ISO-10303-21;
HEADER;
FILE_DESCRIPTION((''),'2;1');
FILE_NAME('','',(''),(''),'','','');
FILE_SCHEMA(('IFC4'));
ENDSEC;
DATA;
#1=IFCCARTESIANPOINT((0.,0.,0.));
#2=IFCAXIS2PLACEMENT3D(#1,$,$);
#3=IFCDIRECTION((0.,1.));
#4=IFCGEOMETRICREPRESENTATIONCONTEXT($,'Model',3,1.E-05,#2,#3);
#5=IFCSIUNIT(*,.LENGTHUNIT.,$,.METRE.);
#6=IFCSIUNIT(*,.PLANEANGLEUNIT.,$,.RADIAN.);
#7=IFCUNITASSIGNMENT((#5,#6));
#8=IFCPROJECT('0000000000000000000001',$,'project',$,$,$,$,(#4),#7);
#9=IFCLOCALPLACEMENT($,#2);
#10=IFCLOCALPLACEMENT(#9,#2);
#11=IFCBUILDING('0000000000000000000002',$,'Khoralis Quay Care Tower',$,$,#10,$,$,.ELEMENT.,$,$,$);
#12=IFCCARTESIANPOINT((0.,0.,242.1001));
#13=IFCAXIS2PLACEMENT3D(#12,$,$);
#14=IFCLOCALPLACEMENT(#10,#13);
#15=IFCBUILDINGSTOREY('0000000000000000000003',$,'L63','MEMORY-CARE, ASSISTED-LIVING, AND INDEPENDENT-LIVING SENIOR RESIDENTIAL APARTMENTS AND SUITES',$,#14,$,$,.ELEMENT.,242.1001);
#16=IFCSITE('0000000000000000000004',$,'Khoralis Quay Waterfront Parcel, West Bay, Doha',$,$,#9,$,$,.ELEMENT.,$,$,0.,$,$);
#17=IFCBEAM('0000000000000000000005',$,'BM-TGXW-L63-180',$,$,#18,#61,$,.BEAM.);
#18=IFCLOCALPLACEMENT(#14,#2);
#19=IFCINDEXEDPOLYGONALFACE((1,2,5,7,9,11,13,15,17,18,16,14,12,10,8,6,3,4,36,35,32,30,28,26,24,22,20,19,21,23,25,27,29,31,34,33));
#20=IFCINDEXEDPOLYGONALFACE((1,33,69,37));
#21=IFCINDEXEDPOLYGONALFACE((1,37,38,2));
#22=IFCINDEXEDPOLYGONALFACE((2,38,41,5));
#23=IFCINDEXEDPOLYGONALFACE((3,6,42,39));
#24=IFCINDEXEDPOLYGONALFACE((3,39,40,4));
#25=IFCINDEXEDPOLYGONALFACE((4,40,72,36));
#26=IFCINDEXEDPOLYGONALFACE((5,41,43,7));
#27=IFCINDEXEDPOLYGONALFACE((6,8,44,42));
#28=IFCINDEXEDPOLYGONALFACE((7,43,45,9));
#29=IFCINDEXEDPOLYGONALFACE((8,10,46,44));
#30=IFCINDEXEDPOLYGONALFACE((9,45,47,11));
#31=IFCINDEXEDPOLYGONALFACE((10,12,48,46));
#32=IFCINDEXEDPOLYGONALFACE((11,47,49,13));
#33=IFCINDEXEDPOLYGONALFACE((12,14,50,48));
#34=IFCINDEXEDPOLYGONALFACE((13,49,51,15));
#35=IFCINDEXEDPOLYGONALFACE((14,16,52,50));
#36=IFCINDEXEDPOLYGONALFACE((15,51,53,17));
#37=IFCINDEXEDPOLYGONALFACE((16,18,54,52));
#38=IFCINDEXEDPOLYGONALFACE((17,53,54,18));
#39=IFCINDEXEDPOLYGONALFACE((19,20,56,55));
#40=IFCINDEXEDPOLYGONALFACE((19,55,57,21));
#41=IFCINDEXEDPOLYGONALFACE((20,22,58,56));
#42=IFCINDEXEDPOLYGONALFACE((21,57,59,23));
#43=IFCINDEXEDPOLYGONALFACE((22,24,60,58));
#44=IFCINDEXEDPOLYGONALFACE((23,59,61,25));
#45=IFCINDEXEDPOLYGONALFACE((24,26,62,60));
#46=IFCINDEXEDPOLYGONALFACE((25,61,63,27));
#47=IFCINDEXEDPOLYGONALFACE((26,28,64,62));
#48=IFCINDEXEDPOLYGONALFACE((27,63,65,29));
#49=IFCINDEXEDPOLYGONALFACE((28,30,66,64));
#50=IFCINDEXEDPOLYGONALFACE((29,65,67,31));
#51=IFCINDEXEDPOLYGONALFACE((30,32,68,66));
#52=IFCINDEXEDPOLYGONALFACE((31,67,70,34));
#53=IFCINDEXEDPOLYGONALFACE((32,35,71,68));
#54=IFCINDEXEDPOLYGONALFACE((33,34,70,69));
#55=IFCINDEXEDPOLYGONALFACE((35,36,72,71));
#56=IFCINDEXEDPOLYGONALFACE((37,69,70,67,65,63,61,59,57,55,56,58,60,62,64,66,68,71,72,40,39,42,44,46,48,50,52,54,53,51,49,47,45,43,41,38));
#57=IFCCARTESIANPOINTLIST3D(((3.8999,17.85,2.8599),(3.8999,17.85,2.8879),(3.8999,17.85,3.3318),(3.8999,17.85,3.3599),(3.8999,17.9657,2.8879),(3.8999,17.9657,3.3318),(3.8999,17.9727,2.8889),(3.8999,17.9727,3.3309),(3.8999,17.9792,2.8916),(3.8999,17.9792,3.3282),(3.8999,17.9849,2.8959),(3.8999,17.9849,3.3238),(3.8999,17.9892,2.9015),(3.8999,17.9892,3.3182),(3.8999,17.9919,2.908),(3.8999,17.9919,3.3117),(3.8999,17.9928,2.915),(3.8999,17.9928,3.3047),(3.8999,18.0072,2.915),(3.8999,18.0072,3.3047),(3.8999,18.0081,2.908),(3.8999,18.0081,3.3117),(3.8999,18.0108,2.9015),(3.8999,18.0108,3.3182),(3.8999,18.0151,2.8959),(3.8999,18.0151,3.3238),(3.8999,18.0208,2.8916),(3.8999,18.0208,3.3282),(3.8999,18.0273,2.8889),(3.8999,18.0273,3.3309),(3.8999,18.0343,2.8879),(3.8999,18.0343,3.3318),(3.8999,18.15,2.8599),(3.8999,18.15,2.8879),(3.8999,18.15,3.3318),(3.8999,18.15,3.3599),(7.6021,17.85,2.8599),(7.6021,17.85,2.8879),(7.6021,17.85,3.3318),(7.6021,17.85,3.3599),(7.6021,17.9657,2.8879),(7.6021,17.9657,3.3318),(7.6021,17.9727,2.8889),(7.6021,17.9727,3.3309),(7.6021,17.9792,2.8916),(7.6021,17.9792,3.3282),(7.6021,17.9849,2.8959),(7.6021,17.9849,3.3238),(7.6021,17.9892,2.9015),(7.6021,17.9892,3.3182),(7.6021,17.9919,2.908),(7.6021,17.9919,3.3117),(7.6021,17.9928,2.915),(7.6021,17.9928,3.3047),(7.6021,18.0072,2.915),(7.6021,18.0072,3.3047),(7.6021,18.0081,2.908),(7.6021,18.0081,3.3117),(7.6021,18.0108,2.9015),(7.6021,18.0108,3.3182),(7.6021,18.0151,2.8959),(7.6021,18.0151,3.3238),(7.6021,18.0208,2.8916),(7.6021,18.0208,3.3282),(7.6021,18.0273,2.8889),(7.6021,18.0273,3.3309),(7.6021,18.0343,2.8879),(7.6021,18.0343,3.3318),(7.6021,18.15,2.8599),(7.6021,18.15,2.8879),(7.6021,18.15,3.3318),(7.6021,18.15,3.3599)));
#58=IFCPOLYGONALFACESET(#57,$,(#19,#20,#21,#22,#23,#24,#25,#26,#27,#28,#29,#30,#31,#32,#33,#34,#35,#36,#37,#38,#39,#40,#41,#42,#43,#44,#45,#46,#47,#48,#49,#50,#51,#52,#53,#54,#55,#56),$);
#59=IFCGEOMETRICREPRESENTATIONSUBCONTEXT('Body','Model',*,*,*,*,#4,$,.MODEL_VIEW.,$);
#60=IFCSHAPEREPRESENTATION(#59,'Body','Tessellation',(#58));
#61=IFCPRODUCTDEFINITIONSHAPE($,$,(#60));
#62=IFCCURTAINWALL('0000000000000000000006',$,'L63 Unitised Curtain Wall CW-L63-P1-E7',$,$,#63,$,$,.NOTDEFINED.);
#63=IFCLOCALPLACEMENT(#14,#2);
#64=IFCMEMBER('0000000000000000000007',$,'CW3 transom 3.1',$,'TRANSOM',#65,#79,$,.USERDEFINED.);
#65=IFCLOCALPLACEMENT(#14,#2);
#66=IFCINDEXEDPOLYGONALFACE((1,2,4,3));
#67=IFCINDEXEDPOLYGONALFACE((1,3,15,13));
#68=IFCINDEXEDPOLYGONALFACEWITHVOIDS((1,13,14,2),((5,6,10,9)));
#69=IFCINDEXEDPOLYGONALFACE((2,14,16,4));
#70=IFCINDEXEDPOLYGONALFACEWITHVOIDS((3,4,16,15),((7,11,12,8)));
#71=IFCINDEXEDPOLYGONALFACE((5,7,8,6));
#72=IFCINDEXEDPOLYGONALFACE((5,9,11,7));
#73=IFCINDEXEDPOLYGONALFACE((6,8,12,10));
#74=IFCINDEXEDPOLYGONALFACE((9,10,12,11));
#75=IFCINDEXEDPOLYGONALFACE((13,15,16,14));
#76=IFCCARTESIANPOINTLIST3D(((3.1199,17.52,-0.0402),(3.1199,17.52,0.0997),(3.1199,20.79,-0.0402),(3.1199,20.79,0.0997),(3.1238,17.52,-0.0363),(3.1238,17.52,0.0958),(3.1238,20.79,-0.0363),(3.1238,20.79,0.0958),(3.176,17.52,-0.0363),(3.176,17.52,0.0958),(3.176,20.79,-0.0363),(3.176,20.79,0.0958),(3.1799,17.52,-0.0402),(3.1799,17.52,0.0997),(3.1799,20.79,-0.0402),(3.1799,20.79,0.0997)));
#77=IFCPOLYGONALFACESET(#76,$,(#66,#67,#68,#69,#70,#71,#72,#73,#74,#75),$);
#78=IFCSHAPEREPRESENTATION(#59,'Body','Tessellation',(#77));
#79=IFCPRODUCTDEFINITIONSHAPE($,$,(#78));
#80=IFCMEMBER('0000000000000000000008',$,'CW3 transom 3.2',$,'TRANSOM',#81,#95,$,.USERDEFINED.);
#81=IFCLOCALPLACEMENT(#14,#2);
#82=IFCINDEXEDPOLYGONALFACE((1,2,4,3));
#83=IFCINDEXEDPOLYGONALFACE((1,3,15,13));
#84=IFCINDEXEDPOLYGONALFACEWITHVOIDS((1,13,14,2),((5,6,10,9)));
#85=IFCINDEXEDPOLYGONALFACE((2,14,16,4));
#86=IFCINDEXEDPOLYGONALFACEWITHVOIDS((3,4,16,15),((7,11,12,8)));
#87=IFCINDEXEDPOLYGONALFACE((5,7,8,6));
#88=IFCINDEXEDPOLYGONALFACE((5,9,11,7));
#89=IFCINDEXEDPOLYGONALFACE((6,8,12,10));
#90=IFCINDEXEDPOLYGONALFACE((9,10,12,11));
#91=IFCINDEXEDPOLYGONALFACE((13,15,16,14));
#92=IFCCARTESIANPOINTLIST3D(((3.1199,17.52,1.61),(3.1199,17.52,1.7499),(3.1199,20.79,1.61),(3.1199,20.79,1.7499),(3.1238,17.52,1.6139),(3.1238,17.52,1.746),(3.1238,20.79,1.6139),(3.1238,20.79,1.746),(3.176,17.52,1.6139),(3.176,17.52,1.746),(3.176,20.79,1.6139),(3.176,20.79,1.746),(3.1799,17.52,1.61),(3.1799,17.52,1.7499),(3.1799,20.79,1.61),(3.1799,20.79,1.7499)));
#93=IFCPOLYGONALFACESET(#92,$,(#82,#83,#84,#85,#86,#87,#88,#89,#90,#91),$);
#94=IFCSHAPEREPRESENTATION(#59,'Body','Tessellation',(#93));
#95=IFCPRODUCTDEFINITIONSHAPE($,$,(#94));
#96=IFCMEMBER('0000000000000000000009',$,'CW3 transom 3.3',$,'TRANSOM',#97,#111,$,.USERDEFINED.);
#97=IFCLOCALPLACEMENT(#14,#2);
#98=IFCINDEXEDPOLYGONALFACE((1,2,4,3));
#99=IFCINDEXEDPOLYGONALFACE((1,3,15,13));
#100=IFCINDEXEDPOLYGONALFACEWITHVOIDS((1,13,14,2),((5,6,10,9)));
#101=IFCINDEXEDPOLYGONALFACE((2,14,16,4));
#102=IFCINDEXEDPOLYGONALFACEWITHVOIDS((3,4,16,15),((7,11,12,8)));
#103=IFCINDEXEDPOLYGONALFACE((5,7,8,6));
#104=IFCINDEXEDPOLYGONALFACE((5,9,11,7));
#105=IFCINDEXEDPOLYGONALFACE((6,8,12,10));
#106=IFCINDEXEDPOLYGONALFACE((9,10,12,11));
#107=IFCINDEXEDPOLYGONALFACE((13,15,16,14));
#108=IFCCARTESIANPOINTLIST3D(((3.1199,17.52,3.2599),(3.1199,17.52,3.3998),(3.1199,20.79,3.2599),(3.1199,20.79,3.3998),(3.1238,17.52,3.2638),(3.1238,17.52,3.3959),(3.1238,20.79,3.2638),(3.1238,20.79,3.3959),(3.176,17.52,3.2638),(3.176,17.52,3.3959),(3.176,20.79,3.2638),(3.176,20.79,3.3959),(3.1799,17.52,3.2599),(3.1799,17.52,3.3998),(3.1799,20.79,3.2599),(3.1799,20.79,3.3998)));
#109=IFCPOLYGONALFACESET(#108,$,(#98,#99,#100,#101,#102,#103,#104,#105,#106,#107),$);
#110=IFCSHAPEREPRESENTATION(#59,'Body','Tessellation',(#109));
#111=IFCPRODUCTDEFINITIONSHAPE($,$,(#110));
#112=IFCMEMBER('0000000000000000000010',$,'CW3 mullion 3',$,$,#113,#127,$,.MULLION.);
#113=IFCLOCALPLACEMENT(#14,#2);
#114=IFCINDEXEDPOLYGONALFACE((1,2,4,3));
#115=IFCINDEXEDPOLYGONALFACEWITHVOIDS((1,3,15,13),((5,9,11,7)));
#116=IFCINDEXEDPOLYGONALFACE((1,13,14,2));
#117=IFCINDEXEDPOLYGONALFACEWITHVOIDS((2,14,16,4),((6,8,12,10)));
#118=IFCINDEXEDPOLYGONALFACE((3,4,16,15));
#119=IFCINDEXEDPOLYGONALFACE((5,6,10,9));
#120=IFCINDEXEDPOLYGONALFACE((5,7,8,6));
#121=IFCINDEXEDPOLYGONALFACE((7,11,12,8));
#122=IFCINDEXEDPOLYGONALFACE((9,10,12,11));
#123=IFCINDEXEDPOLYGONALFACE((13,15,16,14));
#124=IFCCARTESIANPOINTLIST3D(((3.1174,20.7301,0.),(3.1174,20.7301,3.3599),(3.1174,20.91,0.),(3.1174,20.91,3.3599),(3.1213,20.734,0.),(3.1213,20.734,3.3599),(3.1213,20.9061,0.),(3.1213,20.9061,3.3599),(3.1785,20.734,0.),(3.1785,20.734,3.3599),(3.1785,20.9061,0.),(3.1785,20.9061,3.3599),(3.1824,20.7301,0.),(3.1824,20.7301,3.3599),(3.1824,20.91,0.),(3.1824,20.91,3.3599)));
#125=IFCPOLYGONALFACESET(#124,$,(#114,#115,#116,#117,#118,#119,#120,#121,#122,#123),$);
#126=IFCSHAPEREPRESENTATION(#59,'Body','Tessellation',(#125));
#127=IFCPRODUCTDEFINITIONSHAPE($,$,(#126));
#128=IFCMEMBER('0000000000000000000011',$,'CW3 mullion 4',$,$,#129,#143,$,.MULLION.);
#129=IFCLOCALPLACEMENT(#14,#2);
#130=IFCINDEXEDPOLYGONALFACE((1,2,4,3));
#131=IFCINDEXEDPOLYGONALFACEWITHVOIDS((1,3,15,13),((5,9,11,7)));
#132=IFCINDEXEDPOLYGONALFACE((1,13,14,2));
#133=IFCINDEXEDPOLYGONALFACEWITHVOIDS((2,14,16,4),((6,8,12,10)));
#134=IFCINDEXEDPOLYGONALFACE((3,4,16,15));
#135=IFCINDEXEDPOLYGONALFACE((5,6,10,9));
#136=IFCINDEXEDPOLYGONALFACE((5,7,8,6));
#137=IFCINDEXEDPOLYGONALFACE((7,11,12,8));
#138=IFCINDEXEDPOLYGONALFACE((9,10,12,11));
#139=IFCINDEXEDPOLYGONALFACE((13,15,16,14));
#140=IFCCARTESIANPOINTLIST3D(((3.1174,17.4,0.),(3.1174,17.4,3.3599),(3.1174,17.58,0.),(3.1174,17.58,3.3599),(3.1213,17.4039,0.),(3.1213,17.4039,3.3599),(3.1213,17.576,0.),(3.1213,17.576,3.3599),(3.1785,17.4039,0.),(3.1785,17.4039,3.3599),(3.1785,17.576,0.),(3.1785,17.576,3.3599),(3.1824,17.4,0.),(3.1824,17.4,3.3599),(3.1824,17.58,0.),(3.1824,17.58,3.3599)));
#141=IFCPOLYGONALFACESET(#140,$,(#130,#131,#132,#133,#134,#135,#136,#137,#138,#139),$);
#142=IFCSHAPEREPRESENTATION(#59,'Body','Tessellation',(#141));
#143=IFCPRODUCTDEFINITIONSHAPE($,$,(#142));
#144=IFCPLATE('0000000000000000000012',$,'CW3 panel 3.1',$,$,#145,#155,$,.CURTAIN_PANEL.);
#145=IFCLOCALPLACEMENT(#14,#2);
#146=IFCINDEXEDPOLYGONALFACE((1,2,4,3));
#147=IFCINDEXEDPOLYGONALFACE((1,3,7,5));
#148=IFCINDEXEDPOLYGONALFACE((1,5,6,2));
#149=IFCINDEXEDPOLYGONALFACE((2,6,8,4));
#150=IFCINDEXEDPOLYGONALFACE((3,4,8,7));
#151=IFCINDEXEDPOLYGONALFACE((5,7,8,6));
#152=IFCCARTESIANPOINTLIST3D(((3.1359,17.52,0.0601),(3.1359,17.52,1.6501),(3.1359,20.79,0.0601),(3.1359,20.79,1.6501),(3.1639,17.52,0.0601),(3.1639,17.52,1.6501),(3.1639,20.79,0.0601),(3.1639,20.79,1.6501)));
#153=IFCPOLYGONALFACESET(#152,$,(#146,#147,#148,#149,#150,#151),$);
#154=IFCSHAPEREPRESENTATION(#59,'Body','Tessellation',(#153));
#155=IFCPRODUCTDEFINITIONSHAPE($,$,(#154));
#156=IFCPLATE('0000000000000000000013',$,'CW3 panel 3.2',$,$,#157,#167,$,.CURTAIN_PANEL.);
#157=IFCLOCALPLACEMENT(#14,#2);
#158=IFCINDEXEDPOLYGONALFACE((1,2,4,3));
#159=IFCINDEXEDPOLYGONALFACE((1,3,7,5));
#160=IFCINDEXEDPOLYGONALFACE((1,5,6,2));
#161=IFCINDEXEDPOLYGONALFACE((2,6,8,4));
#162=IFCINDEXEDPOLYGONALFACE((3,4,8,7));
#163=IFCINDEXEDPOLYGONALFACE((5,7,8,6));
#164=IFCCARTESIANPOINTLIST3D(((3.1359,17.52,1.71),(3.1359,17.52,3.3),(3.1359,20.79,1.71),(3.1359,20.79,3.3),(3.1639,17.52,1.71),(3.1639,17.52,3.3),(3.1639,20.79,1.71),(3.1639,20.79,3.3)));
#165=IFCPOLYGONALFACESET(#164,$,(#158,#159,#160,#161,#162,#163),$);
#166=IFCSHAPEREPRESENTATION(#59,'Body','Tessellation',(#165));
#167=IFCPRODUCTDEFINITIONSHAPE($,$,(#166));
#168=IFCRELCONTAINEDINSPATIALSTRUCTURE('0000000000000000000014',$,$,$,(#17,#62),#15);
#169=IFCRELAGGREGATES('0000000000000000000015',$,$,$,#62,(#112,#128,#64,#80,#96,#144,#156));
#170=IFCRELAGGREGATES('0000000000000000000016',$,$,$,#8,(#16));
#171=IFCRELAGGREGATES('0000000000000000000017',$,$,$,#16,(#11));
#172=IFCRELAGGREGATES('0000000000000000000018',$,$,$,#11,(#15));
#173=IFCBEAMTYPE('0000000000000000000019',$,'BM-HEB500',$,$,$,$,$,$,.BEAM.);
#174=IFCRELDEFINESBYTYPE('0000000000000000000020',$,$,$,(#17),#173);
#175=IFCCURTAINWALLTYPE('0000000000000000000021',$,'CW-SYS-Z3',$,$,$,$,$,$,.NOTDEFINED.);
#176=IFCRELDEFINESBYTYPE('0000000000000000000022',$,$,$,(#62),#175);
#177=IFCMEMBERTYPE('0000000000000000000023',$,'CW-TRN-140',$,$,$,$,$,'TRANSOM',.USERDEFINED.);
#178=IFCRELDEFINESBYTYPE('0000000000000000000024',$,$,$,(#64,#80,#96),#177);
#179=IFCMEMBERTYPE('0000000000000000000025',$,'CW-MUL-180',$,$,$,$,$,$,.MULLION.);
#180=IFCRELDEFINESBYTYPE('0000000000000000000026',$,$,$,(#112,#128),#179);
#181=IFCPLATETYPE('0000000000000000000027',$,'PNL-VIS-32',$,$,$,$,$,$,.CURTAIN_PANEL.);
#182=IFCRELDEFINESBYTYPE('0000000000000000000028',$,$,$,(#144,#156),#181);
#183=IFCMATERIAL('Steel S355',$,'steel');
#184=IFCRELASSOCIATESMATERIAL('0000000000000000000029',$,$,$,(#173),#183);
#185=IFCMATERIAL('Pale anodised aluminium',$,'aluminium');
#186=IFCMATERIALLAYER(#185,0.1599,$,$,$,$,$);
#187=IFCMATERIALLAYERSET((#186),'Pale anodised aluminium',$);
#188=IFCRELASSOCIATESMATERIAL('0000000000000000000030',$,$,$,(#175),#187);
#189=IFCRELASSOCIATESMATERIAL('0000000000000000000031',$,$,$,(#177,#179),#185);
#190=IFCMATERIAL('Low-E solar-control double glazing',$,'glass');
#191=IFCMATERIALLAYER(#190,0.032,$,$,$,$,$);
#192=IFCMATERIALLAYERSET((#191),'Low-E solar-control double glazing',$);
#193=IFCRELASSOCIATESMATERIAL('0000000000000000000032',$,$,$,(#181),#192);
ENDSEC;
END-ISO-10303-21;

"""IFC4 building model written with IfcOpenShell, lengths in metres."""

from ifc_helpers import new_model, si_unit, direction, frame, origin, origin_2d, place, context, subcontext, project, spatial, rectangle, hollow_rectangle, i_section, extrude, source, transform, mapped, material, layer, layer_set, material_profile, profile_set, type_object, element, aggregate, save


model = new_model("IFC4")

# Units and contexts
model_context = context("Model", 3, precision=1e-05, world=origin(), true_north=direction((0.0, 1.0)))
body_context = subcontext(model_context, "Body", "Model", "MODEL_VIEW")
ifc_project = project(units=[si_unit("LENGTHUNIT", "METRE"), si_unit("PLANEANGLEUNIT", "RADIAN")], contexts=[model_context])

# Site, building, storey
site_placement = place(None, origin())
site = spatial("IfcSite", under=ifc_project, at=site_placement, Name="Khoralis Quay Waterfront Parcel, West Bay, Doha", CompositionType="ELEMENT", RefElevation=0.0)
building_placement = place(site_placement, origin())
building = spatial("IfcBuilding", under=site, at=building_placement, Name="Khoralis Quay Care Tower", CompositionType="ELEMENT")
storey_placement = place(building_placement, frame((0.0, 0.0, 242.1001)))
storey = spatial("IfcBuildingStorey", under=building, at=storey_placement, Name="L63", Description="MEMORY-CARE, ASSISTED-LIVING, AND INDEPENDENT-LIVING SENIOR RESIDENTIAL APARTMENTS AND SUITES", CompositionType="ELEMENT", Elevation=242.1001)

# Beam
ifc_material_1 = material(Name="Steel S355", Category="steel")
ifc_material_profile_1 = material_profile(ifc_material_1, i_section(OverallWidth=0.3, OverallDepth=0.5, WebThickness=0.0144, FlangeThickness=0.0281, FilletRadius=0.0271, at=origin_2d()), Name="Steel S355")
ifc_profile_set_1 = profile_set([ifc_material_profile_1], Name="Steel S355")
beam_type_1 = type_object("IfcBeamType", Name="BM-HEB500", PredefinedType="BEAM", material=ifc_profile_set_1)
shared_shape_1 = source(origin(), body_context, "Body", "SweptSolid", [
    extrude(i_section(OverallWidth=0.3, OverallDepth=0.5, WebThickness=0.0144, FlangeThickness=0.0281, FilletRadius=0.0271, at=origin_2d()), origin(), (0.0, 0.0, 1.0), 3.7021),
])
beam_1_placement = place(storey_placement, frame((3.8999, 18.0, 3.1099), z_axis=(1.0, 0.0, 0.0), x_axis=(0.0, 1.0, 0.0)))
element("IfcBeam", 1, at=beam_1_placement, inside=storey, type_object=beam_type_1, Name="BM-TGXW-L63-180", PredefinedType="BEAM", context=body_context, shape_type="MappedRepresentation", body=[
    mapped(shared_shape_1, transform((0.0, 0.0, 0.0), scale=1.0)),
])

# Curtain wall, members, plates
ifc_material_2 = material(Name="Pale anodised aluminium", Category="aluminium")
ifc_layer_1 = layer(ifc_material_2, 0.1599)
ifc_layer_set_1 = layer_set([ifc_layer_1], Name="Pale anodised aluminium")
curtain_wall_type = type_object("IfcCurtainWallType", Name="CW-SYS-Z3", PredefinedType="NOTDEFINED", material=ifc_layer_set_1)
curtain_wall_placement = place(storey_placement, origin())
curtain_wall = element("IfcCurtainWall", 2, at=curtain_wall_placement, inside=storey, type_object=curtain_wall_type, Name="L63 Unitised Curtain Wall CW-L63-P1-E7", PredefinedType="NOTDEFINED")
ifc_material_profile_2 = material_profile(ifc_material_2, hollow_rectangle(XDim=0.0601, YDim=0.1399, WallThickness=0.0039, at=origin_2d()), Name="Pale anodised aluminium")
ifc_profile_set_2 = profile_set([ifc_material_profile_2], Name="Pale anodised aluminium")
member_type_1 = type_object("IfcMemberType", Name="CW-TRN-140", ElementType="TRANSOM", PredefinedType="USERDEFINED", material=ifc_profile_set_2)
shared_shape_2 = source(origin(), body_context, "Body", "SweptSolid", [
    extrude(hollow_rectangle(XDim=0.0601, YDim=0.1399, WallThickness=0.0039, at=origin_2d()), origin(), (0.0, 0.0, 1.0), 3.27),
])
member_1_placement = place(storey_placement, frame((3.1499, 20.79, 0.0298), z_axis=(0.0, -1.0, 0.0), x_axis=(1.0, 0.0, 0.0)))
member_1 = element("IfcMember", 3, at=member_1_placement, type_object=member_type_1, Name="CW3 transom 3.1", ObjectType="TRANSOM", PredefinedType="USERDEFINED", context=body_context, shape_type="MappedRepresentation", body=[
    mapped(shared_shape_2, transform((0.0, 0.0, 0.0), scale=1.0)),
])
member_2_placement = place(storey_placement, frame((3.1499, 20.79, 1.6799), z_axis=(0.0, -1.0, 0.0), x_axis=(1.0, 0.0, 0.0)))
member_2 = element("IfcMember", 4, at=member_2_placement, type_object=member_type_1, Name="CW3 transom 3.2", ObjectType="TRANSOM", PredefinedType="USERDEFINED", context=body_context, shape_type="MappedRepresentation", body=[
    mapped(shared_shape_2, transform((0.0, 0.0, 0.0), scale=1.0)),
])
member_3_placement = place(storey_placement, frame((3.1499, 20.79, 3.3298), z_axis=(0.0, -1.0, 0.0), x_axis=(1.0, 0.0, 0.0)))
member_3 = element("IfcMember", 5, at=member_3_placement, type_object=member_type_1, Name="CW3 transom 3.3", ObjectType="TRANSOM", PredefinedType="USERDEFINED", context=body_context, shape_type="MappedRepresentation", body=[
    mapped(shared_shape_2, transform((0.0, 0.0, 0.0), scale=1.0)),
])
ifc_material_profile_3 = material_profile(ifc_material_2, hollow_rectangle(XDim=0.0649, YDim=0.1799, WallThickness=0.0039, at=origin_2d()), Name="Pale anodised aluminium")
ifc_profile_set_3 = profile_set([ifc_material_profile_3], Name="Pale anodised aluminium")
member_type_2 = type_object("IfcMemberType", Name="CW-MUL-180", PredefinedType="MULLION", material=ifc_profile_set_3)
shared_shape_3 = source(origin(), body_context, "Body", "SweptSolid", [
    extrude(hollow_rectangle(XDim=0.0649, YDim=0.1799, WallThickness=0.0039, at=origin_2d()), origin(), (0.0, 0.0, 1.0), 3.3599),
])
member_4_placement = place(storey_placement, frame((3.1499, 20.8201, 0.0), z_axis=(0.0, 0.0, 1.0), x_axis=(1.0, 0.0, 0.0)))
member_4 = element("IfcMember", 6, at=member_4_placement, type_object=member_type_2, Name="CW3 mullion 3", PredefinedType="MULLION", context=body_context, shape_type="MappedRepresentation", body=[
    mapped(shared_shape_3, transform((0.0, 0.0, 0.0), scale=1.0)),
])
member_5_placement = place(storey_placement, frame((3.1499, 17.49, 0.0), z_axis=(0.0, 0.0, 1.0), x_axis=(1.0, 0.0, 0.0)))
member_5 = element("IfcMember", 7, at=member_5_placement, type_object=member_type_2, Name="CW3 mullion 4", PredefinedType="MULLION", context=body_context, shape_type="MappedRepresentation", body=[
    mapped(shared_shape_3, transform((0.0, 0.0, 0.0), scale=1.0)),
])
ifc_material_3 = material(Name="Low-E solar-control double glazing", Category="glass")
ifc_layer_2 = layer(ifc_material_3, 0.032)
ifc_layer_set_2 = layer_set([ifc_layer_2], Name="Low-E solar-control double glazing")
plate_type = type_object("IfcPlateType", Name="PNL-VIS-32", PredefinedType="CURTAIN_PANEL", material=ifc_layer_set_2)
shared_shape_4 = source(origin(), body_context, "Body", "SweptSolid", [
    extrude(rectangle(XDim=3.27, YDim=0.0281, at=origin_2d()), origin(), (0.0, 0.0, 1.0), 1.5901),
])
plate_1_placement = place(storey_placement, frame((3.1499, 19.155, 0.0601), z_axis=(0.0, 0.0, 1.0), x_axis=(0.0, -1.0, 0.0)))
plate_1 = element("IfcPlate", 8, at=plate_1_placement, type_object=plate_type, Name="CW3 panel 3.1", PredefinedType="CURTAIN_PANEL", context=body_context, shape_type="MappedRepresentation", body=[
    mapped(shared_shape_4, transform((0.0, 0.0, 0.0), scale=1.0)),
])
plate_2_placement = place(storey_placement, frame((3.1499, 19.155, 1.71), z_axis=(0.0, 0.0, 1.0), x_axis=(0.0, -1.0, 0.0)))
plate_2 = element("IfcPlate", 9, at=plate_2_placement, type_object=plate_type, Name="CW3 panel 3.2", PredefinedType="CURTAIN_PANEL", context=body_context, shape_type="MappedRepresentation", body=[
    mapped(shared_shape_4, transform((0.0, 0.0, 0.0), scale=1.0)),
])
aggregate(curtain_wall, [member_4, member_5, member_1, member_2, member_3, plate_1, plate_2])

save(model, "model.ifc")
